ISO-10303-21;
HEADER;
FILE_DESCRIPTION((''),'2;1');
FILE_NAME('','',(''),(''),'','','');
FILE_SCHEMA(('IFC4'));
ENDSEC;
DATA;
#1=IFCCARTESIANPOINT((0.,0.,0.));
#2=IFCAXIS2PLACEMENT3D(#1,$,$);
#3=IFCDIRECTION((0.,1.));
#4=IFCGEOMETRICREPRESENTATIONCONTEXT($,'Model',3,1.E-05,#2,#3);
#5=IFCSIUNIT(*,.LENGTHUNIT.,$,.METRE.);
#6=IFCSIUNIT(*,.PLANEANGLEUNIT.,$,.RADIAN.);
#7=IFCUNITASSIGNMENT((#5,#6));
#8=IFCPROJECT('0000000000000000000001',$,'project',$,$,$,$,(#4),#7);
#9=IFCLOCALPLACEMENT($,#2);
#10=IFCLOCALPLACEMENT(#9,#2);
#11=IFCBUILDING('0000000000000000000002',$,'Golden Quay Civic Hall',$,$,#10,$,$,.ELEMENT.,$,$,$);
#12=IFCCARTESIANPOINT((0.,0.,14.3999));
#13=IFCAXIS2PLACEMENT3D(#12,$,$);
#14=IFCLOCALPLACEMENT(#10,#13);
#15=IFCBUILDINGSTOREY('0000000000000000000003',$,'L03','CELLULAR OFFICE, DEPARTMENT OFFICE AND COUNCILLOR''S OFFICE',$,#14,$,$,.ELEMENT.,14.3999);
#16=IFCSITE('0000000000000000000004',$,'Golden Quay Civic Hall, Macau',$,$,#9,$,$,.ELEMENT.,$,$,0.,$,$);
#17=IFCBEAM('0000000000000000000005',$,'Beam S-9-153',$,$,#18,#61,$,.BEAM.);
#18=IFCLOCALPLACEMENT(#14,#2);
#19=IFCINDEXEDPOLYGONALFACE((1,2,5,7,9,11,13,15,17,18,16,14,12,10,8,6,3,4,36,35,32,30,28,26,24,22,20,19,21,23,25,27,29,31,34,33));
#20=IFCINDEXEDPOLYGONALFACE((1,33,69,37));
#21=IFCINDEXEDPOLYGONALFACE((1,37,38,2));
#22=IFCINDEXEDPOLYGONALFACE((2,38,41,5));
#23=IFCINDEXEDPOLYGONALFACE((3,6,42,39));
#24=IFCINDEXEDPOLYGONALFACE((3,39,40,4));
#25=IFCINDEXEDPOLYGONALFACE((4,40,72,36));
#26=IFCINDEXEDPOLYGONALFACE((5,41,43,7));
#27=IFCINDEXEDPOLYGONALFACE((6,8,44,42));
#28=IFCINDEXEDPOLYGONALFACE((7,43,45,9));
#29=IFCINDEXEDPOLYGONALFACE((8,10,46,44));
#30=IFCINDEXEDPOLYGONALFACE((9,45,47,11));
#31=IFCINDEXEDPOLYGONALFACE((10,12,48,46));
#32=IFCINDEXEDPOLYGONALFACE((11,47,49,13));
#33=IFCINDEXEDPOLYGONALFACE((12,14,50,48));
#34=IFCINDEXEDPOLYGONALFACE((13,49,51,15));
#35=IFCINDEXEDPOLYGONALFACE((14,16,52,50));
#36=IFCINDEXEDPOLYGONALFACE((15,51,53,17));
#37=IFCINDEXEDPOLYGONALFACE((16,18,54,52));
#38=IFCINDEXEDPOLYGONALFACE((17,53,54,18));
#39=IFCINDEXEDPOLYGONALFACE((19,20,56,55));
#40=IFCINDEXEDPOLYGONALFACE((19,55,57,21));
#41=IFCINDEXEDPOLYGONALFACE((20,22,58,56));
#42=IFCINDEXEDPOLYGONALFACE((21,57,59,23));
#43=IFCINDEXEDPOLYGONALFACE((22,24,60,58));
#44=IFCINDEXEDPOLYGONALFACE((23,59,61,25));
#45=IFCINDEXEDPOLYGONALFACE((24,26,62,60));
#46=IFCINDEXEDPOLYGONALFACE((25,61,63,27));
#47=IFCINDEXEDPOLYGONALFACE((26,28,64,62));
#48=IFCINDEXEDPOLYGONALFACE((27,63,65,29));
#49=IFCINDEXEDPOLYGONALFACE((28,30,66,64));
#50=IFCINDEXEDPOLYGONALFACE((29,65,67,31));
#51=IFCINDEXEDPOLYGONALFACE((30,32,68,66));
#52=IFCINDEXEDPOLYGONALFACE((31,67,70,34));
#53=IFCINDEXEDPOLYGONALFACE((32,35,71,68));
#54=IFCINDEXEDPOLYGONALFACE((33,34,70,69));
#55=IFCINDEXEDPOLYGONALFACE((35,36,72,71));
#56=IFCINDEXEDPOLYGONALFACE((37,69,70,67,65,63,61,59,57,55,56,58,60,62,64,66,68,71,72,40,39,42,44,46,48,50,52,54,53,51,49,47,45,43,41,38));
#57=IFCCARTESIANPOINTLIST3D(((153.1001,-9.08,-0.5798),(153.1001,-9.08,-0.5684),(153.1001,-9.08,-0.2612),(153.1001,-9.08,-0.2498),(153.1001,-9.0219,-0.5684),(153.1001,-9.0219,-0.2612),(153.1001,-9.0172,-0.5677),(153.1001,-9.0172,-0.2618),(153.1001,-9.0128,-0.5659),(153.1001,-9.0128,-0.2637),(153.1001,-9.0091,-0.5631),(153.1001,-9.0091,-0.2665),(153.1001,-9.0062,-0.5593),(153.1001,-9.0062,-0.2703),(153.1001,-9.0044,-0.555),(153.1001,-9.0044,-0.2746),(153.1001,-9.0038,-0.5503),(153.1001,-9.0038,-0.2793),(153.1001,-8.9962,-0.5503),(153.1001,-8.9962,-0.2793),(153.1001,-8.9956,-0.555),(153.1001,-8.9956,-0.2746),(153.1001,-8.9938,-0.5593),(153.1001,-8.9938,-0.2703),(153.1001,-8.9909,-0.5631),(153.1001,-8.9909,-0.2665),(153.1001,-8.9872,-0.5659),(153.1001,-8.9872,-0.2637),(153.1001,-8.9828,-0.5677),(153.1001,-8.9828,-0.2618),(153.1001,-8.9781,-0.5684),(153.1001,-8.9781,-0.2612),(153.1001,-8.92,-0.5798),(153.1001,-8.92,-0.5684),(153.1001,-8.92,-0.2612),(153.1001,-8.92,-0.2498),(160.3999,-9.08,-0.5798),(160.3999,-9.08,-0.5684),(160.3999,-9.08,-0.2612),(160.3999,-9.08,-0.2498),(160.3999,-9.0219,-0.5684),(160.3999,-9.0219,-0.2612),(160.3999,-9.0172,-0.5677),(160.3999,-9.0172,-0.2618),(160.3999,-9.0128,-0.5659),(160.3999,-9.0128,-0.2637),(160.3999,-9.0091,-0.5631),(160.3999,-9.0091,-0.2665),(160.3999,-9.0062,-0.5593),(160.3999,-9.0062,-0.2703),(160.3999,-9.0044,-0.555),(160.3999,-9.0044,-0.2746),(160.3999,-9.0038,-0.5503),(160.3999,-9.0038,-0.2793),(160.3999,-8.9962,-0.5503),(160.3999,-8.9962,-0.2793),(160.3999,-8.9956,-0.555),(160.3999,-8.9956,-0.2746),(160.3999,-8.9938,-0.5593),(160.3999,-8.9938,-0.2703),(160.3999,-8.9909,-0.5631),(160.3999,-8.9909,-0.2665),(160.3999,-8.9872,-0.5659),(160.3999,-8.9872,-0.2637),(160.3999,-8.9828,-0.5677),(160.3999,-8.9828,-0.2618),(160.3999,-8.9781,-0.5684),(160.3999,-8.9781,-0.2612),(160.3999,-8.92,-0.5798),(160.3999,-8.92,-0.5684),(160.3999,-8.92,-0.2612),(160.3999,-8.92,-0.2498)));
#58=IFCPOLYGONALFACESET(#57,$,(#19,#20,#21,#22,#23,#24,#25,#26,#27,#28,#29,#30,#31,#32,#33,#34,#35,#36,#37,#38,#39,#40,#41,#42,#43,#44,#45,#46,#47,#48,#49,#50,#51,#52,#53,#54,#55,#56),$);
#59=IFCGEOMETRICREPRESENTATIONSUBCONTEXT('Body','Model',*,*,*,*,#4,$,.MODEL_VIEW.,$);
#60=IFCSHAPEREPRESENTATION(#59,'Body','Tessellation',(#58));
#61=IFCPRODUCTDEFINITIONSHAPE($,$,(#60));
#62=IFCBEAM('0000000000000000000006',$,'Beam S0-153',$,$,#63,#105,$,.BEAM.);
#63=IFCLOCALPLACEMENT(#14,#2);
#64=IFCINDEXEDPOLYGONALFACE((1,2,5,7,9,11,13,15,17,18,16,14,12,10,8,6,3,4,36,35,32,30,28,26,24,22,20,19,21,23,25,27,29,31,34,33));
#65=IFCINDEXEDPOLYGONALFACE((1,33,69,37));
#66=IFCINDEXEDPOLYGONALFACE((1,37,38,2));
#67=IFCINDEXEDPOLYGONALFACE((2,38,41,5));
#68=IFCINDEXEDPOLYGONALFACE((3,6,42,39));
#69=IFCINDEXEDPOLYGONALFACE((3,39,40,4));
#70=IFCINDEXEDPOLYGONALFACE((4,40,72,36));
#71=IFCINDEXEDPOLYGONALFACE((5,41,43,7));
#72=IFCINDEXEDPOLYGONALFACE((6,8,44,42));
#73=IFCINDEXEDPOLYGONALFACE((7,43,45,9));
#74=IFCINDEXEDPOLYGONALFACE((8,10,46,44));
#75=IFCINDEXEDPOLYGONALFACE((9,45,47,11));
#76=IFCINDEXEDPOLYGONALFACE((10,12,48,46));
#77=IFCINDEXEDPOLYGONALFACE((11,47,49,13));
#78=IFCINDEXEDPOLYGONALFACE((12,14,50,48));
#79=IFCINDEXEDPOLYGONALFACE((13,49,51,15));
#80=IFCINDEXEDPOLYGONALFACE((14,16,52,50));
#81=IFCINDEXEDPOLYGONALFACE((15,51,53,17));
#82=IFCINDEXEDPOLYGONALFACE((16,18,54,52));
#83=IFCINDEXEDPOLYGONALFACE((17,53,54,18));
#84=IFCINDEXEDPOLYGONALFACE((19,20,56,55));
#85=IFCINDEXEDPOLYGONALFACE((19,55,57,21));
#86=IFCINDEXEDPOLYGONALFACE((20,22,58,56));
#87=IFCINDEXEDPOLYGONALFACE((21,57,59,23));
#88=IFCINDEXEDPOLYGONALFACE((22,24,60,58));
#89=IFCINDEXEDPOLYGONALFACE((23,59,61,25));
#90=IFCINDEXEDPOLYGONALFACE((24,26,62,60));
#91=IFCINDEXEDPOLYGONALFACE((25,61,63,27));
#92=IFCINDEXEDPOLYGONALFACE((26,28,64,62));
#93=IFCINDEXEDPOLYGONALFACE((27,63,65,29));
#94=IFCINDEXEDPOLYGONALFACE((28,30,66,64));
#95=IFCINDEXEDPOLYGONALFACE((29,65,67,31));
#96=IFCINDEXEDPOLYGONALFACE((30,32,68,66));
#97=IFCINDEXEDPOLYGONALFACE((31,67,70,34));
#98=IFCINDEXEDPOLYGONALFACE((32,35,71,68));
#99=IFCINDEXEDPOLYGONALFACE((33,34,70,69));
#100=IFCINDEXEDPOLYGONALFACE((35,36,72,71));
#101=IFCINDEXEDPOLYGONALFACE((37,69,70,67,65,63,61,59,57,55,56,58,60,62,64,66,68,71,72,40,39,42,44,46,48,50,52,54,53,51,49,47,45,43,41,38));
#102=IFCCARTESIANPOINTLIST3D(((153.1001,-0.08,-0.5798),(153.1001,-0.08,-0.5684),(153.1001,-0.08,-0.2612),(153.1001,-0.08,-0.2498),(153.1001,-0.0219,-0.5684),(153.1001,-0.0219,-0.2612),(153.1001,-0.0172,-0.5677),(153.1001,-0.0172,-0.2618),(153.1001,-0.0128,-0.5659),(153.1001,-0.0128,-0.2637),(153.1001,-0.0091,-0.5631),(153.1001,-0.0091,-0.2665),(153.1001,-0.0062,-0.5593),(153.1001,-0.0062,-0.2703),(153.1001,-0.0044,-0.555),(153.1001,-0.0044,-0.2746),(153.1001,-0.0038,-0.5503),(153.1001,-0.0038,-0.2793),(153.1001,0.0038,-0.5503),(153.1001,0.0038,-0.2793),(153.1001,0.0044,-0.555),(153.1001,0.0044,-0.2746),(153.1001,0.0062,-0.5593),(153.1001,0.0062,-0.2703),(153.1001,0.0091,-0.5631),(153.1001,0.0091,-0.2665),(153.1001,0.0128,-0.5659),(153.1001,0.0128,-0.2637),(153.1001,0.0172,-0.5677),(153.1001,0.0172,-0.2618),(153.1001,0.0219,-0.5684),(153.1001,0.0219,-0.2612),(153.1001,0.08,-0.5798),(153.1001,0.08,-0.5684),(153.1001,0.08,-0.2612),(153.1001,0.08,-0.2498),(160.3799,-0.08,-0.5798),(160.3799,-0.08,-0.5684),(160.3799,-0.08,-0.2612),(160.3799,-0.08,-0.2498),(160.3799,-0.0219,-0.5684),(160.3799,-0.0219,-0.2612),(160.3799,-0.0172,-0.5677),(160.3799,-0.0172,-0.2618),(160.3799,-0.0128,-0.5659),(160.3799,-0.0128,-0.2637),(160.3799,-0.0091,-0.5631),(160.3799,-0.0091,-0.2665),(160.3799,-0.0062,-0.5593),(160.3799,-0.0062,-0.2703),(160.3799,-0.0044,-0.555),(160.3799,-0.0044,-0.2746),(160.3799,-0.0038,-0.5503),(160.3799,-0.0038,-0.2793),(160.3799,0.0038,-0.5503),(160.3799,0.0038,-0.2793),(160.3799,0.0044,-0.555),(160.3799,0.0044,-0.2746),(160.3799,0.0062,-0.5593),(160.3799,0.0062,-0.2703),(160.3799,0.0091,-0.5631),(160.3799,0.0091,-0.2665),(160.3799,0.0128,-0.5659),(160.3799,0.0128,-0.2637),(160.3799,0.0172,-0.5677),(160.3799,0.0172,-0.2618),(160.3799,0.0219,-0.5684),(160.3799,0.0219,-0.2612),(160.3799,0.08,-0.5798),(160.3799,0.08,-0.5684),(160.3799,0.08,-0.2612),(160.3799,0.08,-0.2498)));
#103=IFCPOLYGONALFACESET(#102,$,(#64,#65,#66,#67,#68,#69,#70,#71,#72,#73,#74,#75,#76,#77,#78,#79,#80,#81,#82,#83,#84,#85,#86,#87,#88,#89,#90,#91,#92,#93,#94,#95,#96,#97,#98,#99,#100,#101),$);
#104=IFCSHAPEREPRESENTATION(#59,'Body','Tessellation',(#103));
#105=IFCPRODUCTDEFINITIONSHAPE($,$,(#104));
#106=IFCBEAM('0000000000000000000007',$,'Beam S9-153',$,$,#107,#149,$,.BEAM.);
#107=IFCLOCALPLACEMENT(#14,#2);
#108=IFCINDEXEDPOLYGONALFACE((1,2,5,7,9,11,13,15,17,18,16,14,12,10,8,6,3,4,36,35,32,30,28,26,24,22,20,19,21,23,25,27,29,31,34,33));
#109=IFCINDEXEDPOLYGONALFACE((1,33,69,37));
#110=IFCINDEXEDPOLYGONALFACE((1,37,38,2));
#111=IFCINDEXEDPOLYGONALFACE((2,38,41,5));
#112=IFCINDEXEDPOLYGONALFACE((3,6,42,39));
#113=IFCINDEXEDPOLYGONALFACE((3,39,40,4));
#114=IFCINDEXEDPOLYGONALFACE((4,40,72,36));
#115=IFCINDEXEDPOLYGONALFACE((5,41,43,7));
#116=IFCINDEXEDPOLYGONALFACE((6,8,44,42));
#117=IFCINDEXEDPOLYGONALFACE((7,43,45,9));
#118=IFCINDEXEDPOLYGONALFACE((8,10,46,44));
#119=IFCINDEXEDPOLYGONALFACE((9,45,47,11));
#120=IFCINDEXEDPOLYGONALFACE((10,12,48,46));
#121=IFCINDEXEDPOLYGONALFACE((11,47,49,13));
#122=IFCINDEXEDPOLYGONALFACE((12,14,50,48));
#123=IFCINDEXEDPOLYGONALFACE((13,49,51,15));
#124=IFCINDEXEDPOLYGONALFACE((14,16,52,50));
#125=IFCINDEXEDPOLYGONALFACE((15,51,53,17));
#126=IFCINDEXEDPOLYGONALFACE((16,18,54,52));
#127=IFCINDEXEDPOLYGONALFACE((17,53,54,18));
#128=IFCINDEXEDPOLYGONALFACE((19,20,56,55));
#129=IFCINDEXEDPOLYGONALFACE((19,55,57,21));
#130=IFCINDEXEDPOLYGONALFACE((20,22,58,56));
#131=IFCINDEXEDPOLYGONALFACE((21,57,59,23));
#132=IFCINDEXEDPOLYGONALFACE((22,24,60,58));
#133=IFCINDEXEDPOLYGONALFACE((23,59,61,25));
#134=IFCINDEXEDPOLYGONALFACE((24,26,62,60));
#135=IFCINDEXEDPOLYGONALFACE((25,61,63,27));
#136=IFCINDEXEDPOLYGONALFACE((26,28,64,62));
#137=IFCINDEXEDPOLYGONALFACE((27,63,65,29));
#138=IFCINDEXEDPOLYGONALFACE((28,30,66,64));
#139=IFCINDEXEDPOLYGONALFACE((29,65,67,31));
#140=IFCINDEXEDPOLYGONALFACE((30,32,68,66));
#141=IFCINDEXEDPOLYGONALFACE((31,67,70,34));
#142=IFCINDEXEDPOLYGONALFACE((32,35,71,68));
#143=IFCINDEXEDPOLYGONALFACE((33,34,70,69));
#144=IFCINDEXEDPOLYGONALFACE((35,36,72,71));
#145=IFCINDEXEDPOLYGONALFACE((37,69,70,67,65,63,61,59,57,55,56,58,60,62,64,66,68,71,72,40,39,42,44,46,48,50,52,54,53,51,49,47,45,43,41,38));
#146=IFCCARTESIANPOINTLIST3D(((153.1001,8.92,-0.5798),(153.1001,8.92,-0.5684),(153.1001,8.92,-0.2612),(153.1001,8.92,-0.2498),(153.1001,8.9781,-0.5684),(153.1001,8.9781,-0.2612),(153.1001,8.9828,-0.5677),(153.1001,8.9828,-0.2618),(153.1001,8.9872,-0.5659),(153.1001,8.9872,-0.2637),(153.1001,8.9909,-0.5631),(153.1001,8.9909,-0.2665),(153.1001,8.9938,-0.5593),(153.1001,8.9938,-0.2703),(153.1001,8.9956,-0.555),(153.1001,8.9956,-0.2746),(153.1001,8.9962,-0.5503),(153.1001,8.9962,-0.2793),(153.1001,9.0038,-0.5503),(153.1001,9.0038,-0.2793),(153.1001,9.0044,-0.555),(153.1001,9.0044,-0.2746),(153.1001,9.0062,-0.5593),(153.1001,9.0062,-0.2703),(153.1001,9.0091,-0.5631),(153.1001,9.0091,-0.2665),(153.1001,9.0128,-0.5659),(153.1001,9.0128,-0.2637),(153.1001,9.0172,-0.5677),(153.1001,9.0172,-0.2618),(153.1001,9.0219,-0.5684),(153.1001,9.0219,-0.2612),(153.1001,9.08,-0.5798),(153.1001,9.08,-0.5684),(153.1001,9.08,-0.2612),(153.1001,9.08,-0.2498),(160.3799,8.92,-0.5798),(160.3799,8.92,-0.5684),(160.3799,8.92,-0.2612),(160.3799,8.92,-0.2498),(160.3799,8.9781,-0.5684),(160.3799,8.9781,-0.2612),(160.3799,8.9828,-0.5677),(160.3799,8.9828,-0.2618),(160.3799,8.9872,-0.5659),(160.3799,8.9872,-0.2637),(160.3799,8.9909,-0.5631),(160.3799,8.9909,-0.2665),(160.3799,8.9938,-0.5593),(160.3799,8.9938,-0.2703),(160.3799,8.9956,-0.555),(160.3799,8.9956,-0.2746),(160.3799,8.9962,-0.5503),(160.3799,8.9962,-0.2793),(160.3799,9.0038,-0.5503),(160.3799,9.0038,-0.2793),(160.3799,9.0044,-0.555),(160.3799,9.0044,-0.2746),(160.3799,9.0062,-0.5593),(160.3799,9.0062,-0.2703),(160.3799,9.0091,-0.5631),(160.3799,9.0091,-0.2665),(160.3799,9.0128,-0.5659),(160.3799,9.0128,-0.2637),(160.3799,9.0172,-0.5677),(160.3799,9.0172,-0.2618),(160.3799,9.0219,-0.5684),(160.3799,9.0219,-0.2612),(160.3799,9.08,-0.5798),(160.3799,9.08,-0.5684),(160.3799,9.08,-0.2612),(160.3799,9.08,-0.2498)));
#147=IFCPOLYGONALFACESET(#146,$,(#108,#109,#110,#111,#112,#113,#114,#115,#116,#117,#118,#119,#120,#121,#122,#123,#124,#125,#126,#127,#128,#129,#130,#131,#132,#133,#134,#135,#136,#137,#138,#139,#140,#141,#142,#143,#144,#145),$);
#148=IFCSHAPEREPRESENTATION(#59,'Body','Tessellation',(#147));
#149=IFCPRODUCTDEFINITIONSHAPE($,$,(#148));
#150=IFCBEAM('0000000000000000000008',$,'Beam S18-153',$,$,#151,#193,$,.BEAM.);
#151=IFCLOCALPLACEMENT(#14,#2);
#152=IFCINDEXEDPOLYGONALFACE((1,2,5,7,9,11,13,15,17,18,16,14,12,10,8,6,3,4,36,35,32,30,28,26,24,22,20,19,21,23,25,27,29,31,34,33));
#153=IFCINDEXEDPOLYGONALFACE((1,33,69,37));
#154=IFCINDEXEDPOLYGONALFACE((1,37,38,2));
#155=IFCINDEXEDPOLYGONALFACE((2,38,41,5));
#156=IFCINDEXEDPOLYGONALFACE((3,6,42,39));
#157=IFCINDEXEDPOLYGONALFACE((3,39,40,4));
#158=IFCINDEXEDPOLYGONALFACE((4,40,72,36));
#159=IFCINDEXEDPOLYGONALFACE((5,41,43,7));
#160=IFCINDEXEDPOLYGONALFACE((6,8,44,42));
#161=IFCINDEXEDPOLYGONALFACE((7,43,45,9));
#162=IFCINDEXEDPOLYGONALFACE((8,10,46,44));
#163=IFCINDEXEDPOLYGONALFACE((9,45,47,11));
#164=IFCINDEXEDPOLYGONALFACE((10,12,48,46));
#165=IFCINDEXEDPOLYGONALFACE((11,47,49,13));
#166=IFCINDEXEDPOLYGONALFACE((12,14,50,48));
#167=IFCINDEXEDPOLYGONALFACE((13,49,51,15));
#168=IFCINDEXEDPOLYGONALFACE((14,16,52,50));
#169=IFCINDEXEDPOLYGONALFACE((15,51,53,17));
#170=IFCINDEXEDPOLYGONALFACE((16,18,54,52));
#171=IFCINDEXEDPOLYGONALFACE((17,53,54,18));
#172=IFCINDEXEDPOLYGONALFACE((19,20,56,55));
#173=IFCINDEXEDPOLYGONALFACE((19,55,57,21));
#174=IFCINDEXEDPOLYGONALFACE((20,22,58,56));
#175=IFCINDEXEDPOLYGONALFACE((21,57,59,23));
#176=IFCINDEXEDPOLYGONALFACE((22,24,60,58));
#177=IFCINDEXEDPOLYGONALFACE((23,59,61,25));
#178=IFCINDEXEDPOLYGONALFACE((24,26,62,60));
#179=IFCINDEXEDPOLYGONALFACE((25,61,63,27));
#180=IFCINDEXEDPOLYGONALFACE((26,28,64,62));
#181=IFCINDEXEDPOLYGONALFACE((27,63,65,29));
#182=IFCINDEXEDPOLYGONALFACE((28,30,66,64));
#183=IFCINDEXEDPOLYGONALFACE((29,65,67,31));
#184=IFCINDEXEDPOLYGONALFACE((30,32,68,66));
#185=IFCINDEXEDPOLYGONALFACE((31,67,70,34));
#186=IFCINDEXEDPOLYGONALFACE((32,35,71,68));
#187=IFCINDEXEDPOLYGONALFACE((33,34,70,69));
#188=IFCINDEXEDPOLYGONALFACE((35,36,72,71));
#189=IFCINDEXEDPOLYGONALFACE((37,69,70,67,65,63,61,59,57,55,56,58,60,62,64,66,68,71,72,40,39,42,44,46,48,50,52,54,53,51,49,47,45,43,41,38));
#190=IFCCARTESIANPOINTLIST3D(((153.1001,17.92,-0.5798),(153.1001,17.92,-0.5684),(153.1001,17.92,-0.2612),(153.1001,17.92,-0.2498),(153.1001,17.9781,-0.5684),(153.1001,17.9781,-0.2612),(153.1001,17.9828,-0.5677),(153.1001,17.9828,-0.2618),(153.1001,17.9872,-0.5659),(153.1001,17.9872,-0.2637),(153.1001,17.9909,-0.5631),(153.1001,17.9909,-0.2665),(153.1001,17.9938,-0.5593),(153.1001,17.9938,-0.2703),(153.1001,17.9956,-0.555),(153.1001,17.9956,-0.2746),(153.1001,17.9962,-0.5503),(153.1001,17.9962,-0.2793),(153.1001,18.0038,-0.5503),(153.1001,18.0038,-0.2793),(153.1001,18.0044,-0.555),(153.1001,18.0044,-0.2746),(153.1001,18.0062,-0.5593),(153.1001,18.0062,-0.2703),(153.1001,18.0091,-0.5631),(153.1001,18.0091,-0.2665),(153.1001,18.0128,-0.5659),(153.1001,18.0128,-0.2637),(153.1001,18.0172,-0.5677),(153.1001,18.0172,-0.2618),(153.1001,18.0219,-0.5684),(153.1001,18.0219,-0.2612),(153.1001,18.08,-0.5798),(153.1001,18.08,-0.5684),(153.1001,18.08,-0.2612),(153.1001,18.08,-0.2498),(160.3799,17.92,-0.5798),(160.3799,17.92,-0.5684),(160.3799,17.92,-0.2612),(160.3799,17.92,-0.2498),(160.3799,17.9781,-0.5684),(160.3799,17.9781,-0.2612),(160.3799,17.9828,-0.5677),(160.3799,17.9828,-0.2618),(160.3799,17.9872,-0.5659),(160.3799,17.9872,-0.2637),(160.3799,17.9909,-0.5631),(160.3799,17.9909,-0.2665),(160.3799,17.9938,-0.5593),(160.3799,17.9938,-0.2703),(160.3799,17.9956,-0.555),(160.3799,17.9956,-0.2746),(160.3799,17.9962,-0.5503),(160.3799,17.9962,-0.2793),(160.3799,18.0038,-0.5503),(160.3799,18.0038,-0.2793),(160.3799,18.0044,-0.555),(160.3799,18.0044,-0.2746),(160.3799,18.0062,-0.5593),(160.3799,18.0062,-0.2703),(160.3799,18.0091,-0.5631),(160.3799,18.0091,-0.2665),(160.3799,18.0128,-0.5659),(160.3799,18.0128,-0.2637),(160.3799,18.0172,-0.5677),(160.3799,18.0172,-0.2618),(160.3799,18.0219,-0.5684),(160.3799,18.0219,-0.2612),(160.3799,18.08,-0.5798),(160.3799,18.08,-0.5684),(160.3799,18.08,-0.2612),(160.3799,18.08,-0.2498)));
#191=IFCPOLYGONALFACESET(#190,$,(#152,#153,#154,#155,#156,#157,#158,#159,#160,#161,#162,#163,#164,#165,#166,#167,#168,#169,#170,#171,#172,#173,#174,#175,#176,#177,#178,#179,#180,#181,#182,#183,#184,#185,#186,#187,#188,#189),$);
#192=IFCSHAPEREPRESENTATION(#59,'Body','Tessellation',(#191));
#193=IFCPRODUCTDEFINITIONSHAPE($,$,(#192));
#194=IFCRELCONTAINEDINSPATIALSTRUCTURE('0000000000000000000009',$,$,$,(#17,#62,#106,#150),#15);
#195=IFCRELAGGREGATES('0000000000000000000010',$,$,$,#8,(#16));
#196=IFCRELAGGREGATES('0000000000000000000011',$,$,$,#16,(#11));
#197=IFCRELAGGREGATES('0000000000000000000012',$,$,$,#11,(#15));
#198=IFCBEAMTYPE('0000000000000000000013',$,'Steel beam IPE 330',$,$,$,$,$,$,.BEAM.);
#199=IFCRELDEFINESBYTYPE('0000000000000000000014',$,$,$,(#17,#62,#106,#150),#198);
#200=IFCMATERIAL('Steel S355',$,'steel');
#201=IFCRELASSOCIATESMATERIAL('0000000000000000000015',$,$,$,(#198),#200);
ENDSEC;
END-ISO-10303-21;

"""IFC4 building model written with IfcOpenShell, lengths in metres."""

from ifc_helpers import new_model, si_unit, direction, frame, origin, origin_2d, place, context, subcontext, project, spatial, i_section, extrude, material, material_profile, profile_set, type_object, element, save


model = new_model("IFC4")

# Units and contexts
model_context = context("Model", 3, precision=1e-05, world=origin(), true_north=direction((0.0, 1.0)))
body_context = subcontext(model_context, "Body", "Model", "MODEL_VIEW")
ifc_project = project(units=[si_unit("LENGTHUNIT", "METRE"), si_unit("PLANEANGLEUNIT", "RADIAN")], contexts=[model_context])

# Site, building, storey
site_placement = place(None, origin())
site = spatial("IfcSite", under=ifc_project, at=site_placement, Name="Golden Quay Civic Hall, Macau", CompositionType="ELEMENT", RefElevation=0.0)
building_placement = place(site_placement, origin())
building = spatial("IfcBuilding", under=site, at=building_placement, Name="Golden Quay Civic Hall", CompositionType="ELEMENT")
storey_placement = place(building_placement, frame((0.0, 0.0, 14.3999)))
storey = spatial("IfcBuildingStorey", under=building, at=storey_placement, Name="L03", Description="CELLULAR OFFICE, DEPARTMENT OFFICE AND COUNCILLOR'S OFFICE", CompositionType="ELEMENT", Elevation=14.3999)

# Beams
ifc_material_1 = material(Name="Steel S355", Category="steel")
ifc_material_profile_1 = material_profile(ifc_material_1, i_section(OverallWidth=0.1599, OverallDepth=0.3301, WebThickness=0.0076, FlangeThickness=0.0115, FilletRadius=0.0181, at=origin_2d()), Name="IPE 330")
ifc_profile_set_1 = profile_set([ifc_material_profile_1], Name="Steel S355")
beam_type_1 = type_object("IfcBeamType", Name="Steel beam IPE 330", PredefinedType="BEAM", material=ifc_profile_set_1)
beam_1_placement = place(storey_placement, frame((153.1001, -9.0, -0.4148), z_axis=(1.0, 0.0, 0.0), x_axis=(0.0, 1.0, 0.0)))
element("IfcBeam", 1, at=beam_1_placement, inside=storey, type_object=beam_type_1, Name="Beam S-9-153", PredefinedType="BEAM", context=body_context, shape_type="SweptSolid", body=[
    extrude(i_section(OverallWidth=0.1599, OverallDepth=0.3301, WebThickness=0.0076, FlangeThickness=0.0115, FilletRadius=0.0181, at=origin_2d()), origin(), (0.0, 0.0, 1.0), 7.2998),
])
for number, where, z_axis, x_axis, name in (
    (2, (153.1001, 0.0, -0.4148), (1.0, 0.0, 0.0), (0.0, 1.0, 0.0), "Beam S0-153"),
    (3, (153.1001, 9.0, -0.4148), (1.0, 0.0, 0.0), (0.0, 1.0, 0.0), "Beam S9-153"),
    (4, (153.1001, 18.0, -0.4148), (1.0, 0.0, 0.0), (0.0, 1.0, 0.0), "Beam S18-153"),
):
    element("IfcBeam", number, at=place(storey_placement, frame(where, z_axis=z_axis, x_axis=x_axis)), inside=storey, type_object=beam_type_1, Name=name, PredefinedType="BEAM", context=body_context, shape_type="SweptSolid", body=[
        extrude(i_section(OverallWidth=0.1599, OverallDepth=0.3301, WebThickness=0.0076, FlangeThickness=0.0115, FilletRadius=0.0181, at=origin_2d()), origin(), (0.0, 0.0, 1.0), 7.2798),
    ])

save(model, "model.ifc")
